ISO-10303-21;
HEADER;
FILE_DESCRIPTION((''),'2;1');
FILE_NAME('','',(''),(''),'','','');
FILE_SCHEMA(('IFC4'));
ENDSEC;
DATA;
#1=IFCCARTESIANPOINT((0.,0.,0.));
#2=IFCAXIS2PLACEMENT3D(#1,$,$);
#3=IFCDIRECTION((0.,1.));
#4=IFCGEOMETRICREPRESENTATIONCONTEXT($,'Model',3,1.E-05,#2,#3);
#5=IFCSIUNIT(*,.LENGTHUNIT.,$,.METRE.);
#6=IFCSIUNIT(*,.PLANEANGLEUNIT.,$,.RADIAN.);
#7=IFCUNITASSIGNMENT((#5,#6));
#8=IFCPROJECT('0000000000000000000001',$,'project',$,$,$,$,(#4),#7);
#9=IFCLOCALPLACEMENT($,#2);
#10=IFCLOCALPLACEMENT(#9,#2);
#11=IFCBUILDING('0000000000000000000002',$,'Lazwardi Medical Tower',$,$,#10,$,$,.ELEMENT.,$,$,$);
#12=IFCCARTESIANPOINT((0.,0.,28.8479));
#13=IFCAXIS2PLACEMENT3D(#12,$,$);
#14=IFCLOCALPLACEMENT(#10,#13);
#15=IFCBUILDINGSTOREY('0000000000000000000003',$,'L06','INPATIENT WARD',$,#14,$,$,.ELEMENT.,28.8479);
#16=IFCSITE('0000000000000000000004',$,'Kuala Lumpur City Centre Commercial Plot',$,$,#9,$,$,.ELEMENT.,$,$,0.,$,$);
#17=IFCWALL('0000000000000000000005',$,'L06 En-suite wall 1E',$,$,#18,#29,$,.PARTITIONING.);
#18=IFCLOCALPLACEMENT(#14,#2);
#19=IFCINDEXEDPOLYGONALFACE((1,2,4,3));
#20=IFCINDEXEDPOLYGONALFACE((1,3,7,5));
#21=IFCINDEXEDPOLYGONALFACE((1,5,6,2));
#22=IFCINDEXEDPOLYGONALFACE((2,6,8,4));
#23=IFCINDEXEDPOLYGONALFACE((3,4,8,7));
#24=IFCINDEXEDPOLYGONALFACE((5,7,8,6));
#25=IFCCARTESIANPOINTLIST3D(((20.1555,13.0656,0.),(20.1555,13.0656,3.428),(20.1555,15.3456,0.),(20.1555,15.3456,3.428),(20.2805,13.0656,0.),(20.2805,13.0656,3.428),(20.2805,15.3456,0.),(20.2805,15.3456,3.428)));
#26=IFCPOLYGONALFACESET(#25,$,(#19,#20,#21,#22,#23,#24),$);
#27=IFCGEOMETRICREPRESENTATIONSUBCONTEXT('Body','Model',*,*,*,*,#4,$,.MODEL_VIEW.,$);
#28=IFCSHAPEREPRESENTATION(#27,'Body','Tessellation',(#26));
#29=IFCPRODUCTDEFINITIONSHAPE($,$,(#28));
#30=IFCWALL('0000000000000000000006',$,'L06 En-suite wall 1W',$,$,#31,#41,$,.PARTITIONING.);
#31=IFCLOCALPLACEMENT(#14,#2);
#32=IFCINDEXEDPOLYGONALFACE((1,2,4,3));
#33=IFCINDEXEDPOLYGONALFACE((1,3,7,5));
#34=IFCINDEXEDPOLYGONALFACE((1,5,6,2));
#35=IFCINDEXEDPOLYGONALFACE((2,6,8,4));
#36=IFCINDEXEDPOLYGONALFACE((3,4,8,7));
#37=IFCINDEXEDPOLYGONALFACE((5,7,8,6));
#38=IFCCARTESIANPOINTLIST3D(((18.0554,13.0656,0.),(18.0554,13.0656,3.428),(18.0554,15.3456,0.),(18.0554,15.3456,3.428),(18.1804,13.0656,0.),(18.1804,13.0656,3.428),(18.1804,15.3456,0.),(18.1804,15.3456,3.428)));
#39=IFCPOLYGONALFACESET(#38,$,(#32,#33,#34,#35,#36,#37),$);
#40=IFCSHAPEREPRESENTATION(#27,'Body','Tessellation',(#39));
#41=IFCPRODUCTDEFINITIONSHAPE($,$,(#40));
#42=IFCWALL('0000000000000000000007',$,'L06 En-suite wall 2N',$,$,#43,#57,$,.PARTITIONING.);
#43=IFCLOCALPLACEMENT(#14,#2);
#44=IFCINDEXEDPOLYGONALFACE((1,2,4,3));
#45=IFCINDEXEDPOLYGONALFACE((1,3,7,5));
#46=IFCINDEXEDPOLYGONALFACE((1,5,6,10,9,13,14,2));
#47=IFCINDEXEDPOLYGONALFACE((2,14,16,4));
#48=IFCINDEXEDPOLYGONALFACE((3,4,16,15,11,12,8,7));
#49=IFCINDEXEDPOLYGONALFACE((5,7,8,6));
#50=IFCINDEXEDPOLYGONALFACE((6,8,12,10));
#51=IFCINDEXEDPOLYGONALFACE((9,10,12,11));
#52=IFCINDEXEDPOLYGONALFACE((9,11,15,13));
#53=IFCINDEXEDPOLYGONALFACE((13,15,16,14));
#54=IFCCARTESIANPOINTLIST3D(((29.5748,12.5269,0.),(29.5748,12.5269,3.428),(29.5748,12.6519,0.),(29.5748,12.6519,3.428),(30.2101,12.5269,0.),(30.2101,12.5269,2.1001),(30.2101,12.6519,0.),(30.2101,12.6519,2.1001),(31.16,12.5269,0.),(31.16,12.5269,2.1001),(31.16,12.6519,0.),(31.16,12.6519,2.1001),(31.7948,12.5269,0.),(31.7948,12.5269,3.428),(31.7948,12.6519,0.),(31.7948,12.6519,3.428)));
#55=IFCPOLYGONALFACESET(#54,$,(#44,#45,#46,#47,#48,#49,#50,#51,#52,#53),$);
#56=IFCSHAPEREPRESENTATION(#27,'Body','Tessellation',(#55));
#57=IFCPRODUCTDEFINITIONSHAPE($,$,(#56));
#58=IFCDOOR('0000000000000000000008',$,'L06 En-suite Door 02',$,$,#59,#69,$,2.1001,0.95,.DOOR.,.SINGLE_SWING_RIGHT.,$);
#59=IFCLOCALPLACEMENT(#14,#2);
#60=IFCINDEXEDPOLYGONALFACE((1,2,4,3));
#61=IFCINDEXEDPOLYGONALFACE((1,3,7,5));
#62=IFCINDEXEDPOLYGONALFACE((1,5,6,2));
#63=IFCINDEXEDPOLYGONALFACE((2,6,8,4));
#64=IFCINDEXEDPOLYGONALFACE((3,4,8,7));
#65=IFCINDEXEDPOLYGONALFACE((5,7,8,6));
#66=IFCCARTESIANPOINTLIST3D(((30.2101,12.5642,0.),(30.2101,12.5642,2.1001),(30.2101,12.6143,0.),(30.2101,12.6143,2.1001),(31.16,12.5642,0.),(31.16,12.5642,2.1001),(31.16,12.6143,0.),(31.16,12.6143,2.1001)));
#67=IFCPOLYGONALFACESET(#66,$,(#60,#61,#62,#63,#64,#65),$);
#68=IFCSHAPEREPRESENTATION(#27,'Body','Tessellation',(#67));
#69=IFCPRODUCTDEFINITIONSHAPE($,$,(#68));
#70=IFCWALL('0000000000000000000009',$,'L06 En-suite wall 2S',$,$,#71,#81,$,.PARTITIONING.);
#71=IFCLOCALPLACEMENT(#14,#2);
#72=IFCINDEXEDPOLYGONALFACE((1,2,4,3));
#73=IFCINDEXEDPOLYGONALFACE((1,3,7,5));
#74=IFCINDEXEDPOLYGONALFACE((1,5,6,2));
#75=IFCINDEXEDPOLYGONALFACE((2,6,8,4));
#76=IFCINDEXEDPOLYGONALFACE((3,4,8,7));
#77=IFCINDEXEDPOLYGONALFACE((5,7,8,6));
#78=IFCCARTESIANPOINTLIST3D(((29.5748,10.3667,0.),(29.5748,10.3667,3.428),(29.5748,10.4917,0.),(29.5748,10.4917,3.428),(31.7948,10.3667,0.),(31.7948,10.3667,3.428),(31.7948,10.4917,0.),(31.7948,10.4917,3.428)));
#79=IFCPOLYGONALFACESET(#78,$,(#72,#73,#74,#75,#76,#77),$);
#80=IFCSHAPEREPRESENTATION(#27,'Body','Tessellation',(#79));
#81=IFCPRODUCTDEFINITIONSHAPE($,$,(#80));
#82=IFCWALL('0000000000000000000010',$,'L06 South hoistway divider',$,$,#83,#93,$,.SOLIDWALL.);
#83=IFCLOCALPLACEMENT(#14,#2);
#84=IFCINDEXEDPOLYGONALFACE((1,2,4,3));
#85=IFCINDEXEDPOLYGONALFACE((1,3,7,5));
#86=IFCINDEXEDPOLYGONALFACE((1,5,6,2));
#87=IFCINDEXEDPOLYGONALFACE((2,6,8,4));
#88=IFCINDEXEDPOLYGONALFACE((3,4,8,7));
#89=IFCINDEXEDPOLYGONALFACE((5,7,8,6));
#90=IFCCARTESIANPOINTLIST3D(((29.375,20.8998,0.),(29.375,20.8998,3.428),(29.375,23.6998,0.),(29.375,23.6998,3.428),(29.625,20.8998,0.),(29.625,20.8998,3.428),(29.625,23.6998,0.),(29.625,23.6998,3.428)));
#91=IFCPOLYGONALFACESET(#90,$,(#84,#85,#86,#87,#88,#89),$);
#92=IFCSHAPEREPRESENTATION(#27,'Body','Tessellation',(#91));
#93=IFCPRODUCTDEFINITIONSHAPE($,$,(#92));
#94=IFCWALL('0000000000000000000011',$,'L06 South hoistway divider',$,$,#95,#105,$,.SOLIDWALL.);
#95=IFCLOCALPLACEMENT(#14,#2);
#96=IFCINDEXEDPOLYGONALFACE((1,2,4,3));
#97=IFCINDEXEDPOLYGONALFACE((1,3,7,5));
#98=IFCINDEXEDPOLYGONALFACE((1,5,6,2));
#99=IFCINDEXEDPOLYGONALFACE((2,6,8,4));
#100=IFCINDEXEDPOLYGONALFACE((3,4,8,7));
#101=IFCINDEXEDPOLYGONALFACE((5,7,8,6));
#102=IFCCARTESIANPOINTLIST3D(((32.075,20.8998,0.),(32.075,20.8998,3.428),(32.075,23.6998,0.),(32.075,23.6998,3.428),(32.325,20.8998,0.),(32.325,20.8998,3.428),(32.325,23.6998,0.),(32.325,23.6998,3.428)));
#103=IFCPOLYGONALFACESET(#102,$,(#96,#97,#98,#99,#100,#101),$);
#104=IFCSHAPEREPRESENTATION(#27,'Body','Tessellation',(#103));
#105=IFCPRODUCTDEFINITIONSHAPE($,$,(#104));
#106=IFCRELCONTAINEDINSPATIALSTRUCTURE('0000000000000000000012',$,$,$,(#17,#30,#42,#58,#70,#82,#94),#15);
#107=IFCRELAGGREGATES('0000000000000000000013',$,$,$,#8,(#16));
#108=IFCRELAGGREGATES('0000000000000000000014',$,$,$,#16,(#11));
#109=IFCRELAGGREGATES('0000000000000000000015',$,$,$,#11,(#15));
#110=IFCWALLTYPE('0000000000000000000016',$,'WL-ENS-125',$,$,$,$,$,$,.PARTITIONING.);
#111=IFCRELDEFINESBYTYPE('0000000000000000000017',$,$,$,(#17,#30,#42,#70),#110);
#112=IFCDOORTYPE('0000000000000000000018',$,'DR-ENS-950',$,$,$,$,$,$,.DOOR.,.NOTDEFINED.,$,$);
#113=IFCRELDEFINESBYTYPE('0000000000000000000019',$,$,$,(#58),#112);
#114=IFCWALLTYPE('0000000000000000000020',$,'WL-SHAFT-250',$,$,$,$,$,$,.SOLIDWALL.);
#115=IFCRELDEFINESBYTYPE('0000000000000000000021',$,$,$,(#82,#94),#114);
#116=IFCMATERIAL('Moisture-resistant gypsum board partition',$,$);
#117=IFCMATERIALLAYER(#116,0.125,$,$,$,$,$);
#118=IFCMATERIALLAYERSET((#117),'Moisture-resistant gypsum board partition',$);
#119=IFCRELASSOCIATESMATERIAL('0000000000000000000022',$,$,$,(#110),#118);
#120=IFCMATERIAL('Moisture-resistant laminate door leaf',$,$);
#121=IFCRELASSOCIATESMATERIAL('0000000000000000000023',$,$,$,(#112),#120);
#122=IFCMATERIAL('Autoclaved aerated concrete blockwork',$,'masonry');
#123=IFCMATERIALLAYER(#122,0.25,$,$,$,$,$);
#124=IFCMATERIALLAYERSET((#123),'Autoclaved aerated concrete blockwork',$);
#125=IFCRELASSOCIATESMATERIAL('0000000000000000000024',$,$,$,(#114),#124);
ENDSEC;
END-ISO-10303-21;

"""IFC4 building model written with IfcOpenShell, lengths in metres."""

from ifc_helpers import new_model, si_unit, direction, frame, frame_2d, origin, place, context, subcontext, project, spatial, rectangle, extrude, material, layer, layer_set, type_object, element, fill, save


model = new_model("IFC4")

# Units and contexts
model_context = context("Model", 3, precision=1e-05, world=origin(), true_north=direction((0.0, 1.0)))
body_context = subcontext(model_context, "Body", "Model", "MODEL_VIEW")
ifc_project = project(units=[si_unit("LENGTHUNIT", "METRE"), si_unit("PLANEANGLEUNIT", "RADIAN")], contexts=[model_context])

# Site, building, storey
site_placement = place(None, origin())
site = spatial("IfcSite", under=ifc_project, at=site_placement, Name="Kuala Lumpur City Centre Commercial Plot", CompositionType="ELEMENT", RefElevation=0.0)
building_placement = place(site_placement, origin())
building = spatial("IfcBuilding", under=site, at=building_placement, Name="Lazwardi Medical Tower", CompositionType="ELEMENT")
storey_placement = place(building_placement, frame((0.0, 0.0, 28.8479)))
storey = spatial("IfcBuildingStorey", under=building, at=storey_placement, Name="L06", Description="INPATIENT WARD", CompositionType="ELEMENT", Elevation=28.8479)

# Walls
ifc_material_1 = material(Name="Moisture-resistant gypsum board partition")
ifc_layer_1 = layer(ifc_material_1, 0.125)
ifc_layer_set_1 = layer_set([ifc_layer_1], Name="Moisture-resistant gypsum board partition")
wall_type_1 = type_object("IfcWallType", Name="WL-ENS-125", PredefinedType="PARTITIONING", material=ifc_layer_set_1)
for number, where, z_axis, x_axis, name in (
    (1, (20.218, 13.0654, 0.0), (0.0, 0.0, 1.0), (0.0, 1.0, 0.0), "L06 En-suite wall 1E"),
    (2, (18.1179, 13.0654, 0.0), (0.0, 0.0, 1.0), (0.0, 1.0, 0.0), "L06 En-suite wall 1W"),
):
    element("IfcWall", number, at=place(storey_placement, frame(where, z_axis=z_axis, x_axis=x_axis)), inside=storey, type_object=wall_type_1, Name=name, PredefinedType="PARTITIONING", context=body_context, shape_type="SweptSolid", body=[
        extrude(rectangle(XDim=2.28, YDim=0.125, at=frame_2d((1.1401, 0.0))), origin(), (0.0, 0.0, 1.0), 3.428),
    ])

# Wall, opening, door
wall_1_placement = place(storey_placement, frame((29.575, 12.5894, 0.0), z_axis=(0.0, 0.0, 1.0), x_axis=(1.0, 0.0, 0.0)))
wall_1 = element("IfcWall", 3, at=wall_1_placement, inside=storey, type_object=wall_type_1, Name="L06 En-suite wall 2N", PredefinedType="PARTITIONING", context=body_context, shape_type="SweptSolid", body=[
    extrude(rectangle(XDim=2.22, YDim=0.125, at=frame_2d((1.1099, 0.0))), origin(), (0.0, 0.0, 1.0), 3.428),
])
opening_1_placement = place(wall_1_placement, frame((0.635, 0.0, 0.0)))
opening_1 = element("IfcOpeningElement", 4, at=opening_1_placement, cuts=wall_1, PredefinedType="OPENING", context=body_context, shape_type="SweptSolid", body=[
    extrude(rectangle(XDim=0.95, YDim=2.1001, at=frame_2d((0.4751, 1.05))), frame((0.0, 0.0725, 0.0), z_axis=(0.0, -1.0, 0.0), x_axis=(1.0, 0.0, 0.0)), (0.0, 0.0, 1.0), 0.145),
])
ifc_material_2 = material(Name="Moisture-resistant laminate door leaf")
door_type_1 = type_object("IfcDoorType", Name="DR-ENS-950", OperationType="NOTDEFINED", PredefinedType="DOOR", material=ifc_material_2)
door_1_placement = place(opening_1_placement, origin())
door_1 = element("IfcDoor", 5, at=door_1_placement, inside=storey, type_object=door_type_1, Name="L06 En-suite Door 02", OperationType="SINGLE_SWING_RIGHT", OverallHeight=2.1001, OverallWidth=0.95, PredefinedType="DOOR", context=body_context, shape_type="SweptSolid", body=[
    extrude(rectangle(XDim=0.95, YDim=2.1001, at=frame_2d((0.4751, 1.05))), frame((0.0, 0.0249, 0.0), z_axis=(0.0, -1.0, 0.0), x_axis=(1.0, 0.0, 0.0)), (0.0, 0.0, 1.0), 0.05),
])
fill(opening_1, door_1)

# Walls
wall_2_placement = place(storey_placement, frame((29.575, 10.4292, 0.0), z_axis=(0.0, 0.0, 1.0), x_axis=(1.0, 0.0, 0.0)))
element("IfcWall", 6, at=wall_2_placement, inside=storey, type_object=wall_type_1, Name="L06 En-suite wall 2S", PredefinedType="PARTITIONING", context=body_context, shape_type="SweptSolid", body=[
    extrude(rectangle(XDim=2.22, YDim=0.125, at=frame_2d((1.1099, 0.0))), origin(), (0.0, 0.0, 1.0), 3.428),
])
ifc_material_3 = material(Name="Autoclaved aerated concrete blockwork", Category="masonry")
ifc_layer_2 = layer(ifc_material_3, 0.25)
ifc_layer_set_2 = layer_set([ifc_layer_2], Name="Autoclaved aerated concrete blockwork")
wall_type_2 = type_object("IfcWallType", Name="WL-SHAFT-250", PredefinedType="SOLIDWALL", material=ifc_layer_set_2)
for number, where, z_axis, x_axis, name in (
    (7, (29.5, 20.8999, 0.0), (0.0, 0.0, 1.0), (0.0, 1.0, 0.0), "L06 South hoistway divider"),
    (8, (32.2, 20.8999, 0.0), (0.0, 0.0, 1.0), (0.0, 1.0, 0.0), "L06 South hoistway divider"),
):
    element("IfcWall", number, at=place(storey_placement, frame(where, z_axis=z_axis, x_axis=x_axis)), inside=storey, type_object=wall_type_2, Name=name, PredefinedType="SOLIDWALL", context=body_context, shape_type="SweptSolid", body=[
        extrude(rectangle(XDim=2.8, YDim=0.25, at=frame_2d((1.3999, 0.0))), origin(), (0.0, 0.0, 1.0), 3.428),
    ])

save(model, "model.ifc")
